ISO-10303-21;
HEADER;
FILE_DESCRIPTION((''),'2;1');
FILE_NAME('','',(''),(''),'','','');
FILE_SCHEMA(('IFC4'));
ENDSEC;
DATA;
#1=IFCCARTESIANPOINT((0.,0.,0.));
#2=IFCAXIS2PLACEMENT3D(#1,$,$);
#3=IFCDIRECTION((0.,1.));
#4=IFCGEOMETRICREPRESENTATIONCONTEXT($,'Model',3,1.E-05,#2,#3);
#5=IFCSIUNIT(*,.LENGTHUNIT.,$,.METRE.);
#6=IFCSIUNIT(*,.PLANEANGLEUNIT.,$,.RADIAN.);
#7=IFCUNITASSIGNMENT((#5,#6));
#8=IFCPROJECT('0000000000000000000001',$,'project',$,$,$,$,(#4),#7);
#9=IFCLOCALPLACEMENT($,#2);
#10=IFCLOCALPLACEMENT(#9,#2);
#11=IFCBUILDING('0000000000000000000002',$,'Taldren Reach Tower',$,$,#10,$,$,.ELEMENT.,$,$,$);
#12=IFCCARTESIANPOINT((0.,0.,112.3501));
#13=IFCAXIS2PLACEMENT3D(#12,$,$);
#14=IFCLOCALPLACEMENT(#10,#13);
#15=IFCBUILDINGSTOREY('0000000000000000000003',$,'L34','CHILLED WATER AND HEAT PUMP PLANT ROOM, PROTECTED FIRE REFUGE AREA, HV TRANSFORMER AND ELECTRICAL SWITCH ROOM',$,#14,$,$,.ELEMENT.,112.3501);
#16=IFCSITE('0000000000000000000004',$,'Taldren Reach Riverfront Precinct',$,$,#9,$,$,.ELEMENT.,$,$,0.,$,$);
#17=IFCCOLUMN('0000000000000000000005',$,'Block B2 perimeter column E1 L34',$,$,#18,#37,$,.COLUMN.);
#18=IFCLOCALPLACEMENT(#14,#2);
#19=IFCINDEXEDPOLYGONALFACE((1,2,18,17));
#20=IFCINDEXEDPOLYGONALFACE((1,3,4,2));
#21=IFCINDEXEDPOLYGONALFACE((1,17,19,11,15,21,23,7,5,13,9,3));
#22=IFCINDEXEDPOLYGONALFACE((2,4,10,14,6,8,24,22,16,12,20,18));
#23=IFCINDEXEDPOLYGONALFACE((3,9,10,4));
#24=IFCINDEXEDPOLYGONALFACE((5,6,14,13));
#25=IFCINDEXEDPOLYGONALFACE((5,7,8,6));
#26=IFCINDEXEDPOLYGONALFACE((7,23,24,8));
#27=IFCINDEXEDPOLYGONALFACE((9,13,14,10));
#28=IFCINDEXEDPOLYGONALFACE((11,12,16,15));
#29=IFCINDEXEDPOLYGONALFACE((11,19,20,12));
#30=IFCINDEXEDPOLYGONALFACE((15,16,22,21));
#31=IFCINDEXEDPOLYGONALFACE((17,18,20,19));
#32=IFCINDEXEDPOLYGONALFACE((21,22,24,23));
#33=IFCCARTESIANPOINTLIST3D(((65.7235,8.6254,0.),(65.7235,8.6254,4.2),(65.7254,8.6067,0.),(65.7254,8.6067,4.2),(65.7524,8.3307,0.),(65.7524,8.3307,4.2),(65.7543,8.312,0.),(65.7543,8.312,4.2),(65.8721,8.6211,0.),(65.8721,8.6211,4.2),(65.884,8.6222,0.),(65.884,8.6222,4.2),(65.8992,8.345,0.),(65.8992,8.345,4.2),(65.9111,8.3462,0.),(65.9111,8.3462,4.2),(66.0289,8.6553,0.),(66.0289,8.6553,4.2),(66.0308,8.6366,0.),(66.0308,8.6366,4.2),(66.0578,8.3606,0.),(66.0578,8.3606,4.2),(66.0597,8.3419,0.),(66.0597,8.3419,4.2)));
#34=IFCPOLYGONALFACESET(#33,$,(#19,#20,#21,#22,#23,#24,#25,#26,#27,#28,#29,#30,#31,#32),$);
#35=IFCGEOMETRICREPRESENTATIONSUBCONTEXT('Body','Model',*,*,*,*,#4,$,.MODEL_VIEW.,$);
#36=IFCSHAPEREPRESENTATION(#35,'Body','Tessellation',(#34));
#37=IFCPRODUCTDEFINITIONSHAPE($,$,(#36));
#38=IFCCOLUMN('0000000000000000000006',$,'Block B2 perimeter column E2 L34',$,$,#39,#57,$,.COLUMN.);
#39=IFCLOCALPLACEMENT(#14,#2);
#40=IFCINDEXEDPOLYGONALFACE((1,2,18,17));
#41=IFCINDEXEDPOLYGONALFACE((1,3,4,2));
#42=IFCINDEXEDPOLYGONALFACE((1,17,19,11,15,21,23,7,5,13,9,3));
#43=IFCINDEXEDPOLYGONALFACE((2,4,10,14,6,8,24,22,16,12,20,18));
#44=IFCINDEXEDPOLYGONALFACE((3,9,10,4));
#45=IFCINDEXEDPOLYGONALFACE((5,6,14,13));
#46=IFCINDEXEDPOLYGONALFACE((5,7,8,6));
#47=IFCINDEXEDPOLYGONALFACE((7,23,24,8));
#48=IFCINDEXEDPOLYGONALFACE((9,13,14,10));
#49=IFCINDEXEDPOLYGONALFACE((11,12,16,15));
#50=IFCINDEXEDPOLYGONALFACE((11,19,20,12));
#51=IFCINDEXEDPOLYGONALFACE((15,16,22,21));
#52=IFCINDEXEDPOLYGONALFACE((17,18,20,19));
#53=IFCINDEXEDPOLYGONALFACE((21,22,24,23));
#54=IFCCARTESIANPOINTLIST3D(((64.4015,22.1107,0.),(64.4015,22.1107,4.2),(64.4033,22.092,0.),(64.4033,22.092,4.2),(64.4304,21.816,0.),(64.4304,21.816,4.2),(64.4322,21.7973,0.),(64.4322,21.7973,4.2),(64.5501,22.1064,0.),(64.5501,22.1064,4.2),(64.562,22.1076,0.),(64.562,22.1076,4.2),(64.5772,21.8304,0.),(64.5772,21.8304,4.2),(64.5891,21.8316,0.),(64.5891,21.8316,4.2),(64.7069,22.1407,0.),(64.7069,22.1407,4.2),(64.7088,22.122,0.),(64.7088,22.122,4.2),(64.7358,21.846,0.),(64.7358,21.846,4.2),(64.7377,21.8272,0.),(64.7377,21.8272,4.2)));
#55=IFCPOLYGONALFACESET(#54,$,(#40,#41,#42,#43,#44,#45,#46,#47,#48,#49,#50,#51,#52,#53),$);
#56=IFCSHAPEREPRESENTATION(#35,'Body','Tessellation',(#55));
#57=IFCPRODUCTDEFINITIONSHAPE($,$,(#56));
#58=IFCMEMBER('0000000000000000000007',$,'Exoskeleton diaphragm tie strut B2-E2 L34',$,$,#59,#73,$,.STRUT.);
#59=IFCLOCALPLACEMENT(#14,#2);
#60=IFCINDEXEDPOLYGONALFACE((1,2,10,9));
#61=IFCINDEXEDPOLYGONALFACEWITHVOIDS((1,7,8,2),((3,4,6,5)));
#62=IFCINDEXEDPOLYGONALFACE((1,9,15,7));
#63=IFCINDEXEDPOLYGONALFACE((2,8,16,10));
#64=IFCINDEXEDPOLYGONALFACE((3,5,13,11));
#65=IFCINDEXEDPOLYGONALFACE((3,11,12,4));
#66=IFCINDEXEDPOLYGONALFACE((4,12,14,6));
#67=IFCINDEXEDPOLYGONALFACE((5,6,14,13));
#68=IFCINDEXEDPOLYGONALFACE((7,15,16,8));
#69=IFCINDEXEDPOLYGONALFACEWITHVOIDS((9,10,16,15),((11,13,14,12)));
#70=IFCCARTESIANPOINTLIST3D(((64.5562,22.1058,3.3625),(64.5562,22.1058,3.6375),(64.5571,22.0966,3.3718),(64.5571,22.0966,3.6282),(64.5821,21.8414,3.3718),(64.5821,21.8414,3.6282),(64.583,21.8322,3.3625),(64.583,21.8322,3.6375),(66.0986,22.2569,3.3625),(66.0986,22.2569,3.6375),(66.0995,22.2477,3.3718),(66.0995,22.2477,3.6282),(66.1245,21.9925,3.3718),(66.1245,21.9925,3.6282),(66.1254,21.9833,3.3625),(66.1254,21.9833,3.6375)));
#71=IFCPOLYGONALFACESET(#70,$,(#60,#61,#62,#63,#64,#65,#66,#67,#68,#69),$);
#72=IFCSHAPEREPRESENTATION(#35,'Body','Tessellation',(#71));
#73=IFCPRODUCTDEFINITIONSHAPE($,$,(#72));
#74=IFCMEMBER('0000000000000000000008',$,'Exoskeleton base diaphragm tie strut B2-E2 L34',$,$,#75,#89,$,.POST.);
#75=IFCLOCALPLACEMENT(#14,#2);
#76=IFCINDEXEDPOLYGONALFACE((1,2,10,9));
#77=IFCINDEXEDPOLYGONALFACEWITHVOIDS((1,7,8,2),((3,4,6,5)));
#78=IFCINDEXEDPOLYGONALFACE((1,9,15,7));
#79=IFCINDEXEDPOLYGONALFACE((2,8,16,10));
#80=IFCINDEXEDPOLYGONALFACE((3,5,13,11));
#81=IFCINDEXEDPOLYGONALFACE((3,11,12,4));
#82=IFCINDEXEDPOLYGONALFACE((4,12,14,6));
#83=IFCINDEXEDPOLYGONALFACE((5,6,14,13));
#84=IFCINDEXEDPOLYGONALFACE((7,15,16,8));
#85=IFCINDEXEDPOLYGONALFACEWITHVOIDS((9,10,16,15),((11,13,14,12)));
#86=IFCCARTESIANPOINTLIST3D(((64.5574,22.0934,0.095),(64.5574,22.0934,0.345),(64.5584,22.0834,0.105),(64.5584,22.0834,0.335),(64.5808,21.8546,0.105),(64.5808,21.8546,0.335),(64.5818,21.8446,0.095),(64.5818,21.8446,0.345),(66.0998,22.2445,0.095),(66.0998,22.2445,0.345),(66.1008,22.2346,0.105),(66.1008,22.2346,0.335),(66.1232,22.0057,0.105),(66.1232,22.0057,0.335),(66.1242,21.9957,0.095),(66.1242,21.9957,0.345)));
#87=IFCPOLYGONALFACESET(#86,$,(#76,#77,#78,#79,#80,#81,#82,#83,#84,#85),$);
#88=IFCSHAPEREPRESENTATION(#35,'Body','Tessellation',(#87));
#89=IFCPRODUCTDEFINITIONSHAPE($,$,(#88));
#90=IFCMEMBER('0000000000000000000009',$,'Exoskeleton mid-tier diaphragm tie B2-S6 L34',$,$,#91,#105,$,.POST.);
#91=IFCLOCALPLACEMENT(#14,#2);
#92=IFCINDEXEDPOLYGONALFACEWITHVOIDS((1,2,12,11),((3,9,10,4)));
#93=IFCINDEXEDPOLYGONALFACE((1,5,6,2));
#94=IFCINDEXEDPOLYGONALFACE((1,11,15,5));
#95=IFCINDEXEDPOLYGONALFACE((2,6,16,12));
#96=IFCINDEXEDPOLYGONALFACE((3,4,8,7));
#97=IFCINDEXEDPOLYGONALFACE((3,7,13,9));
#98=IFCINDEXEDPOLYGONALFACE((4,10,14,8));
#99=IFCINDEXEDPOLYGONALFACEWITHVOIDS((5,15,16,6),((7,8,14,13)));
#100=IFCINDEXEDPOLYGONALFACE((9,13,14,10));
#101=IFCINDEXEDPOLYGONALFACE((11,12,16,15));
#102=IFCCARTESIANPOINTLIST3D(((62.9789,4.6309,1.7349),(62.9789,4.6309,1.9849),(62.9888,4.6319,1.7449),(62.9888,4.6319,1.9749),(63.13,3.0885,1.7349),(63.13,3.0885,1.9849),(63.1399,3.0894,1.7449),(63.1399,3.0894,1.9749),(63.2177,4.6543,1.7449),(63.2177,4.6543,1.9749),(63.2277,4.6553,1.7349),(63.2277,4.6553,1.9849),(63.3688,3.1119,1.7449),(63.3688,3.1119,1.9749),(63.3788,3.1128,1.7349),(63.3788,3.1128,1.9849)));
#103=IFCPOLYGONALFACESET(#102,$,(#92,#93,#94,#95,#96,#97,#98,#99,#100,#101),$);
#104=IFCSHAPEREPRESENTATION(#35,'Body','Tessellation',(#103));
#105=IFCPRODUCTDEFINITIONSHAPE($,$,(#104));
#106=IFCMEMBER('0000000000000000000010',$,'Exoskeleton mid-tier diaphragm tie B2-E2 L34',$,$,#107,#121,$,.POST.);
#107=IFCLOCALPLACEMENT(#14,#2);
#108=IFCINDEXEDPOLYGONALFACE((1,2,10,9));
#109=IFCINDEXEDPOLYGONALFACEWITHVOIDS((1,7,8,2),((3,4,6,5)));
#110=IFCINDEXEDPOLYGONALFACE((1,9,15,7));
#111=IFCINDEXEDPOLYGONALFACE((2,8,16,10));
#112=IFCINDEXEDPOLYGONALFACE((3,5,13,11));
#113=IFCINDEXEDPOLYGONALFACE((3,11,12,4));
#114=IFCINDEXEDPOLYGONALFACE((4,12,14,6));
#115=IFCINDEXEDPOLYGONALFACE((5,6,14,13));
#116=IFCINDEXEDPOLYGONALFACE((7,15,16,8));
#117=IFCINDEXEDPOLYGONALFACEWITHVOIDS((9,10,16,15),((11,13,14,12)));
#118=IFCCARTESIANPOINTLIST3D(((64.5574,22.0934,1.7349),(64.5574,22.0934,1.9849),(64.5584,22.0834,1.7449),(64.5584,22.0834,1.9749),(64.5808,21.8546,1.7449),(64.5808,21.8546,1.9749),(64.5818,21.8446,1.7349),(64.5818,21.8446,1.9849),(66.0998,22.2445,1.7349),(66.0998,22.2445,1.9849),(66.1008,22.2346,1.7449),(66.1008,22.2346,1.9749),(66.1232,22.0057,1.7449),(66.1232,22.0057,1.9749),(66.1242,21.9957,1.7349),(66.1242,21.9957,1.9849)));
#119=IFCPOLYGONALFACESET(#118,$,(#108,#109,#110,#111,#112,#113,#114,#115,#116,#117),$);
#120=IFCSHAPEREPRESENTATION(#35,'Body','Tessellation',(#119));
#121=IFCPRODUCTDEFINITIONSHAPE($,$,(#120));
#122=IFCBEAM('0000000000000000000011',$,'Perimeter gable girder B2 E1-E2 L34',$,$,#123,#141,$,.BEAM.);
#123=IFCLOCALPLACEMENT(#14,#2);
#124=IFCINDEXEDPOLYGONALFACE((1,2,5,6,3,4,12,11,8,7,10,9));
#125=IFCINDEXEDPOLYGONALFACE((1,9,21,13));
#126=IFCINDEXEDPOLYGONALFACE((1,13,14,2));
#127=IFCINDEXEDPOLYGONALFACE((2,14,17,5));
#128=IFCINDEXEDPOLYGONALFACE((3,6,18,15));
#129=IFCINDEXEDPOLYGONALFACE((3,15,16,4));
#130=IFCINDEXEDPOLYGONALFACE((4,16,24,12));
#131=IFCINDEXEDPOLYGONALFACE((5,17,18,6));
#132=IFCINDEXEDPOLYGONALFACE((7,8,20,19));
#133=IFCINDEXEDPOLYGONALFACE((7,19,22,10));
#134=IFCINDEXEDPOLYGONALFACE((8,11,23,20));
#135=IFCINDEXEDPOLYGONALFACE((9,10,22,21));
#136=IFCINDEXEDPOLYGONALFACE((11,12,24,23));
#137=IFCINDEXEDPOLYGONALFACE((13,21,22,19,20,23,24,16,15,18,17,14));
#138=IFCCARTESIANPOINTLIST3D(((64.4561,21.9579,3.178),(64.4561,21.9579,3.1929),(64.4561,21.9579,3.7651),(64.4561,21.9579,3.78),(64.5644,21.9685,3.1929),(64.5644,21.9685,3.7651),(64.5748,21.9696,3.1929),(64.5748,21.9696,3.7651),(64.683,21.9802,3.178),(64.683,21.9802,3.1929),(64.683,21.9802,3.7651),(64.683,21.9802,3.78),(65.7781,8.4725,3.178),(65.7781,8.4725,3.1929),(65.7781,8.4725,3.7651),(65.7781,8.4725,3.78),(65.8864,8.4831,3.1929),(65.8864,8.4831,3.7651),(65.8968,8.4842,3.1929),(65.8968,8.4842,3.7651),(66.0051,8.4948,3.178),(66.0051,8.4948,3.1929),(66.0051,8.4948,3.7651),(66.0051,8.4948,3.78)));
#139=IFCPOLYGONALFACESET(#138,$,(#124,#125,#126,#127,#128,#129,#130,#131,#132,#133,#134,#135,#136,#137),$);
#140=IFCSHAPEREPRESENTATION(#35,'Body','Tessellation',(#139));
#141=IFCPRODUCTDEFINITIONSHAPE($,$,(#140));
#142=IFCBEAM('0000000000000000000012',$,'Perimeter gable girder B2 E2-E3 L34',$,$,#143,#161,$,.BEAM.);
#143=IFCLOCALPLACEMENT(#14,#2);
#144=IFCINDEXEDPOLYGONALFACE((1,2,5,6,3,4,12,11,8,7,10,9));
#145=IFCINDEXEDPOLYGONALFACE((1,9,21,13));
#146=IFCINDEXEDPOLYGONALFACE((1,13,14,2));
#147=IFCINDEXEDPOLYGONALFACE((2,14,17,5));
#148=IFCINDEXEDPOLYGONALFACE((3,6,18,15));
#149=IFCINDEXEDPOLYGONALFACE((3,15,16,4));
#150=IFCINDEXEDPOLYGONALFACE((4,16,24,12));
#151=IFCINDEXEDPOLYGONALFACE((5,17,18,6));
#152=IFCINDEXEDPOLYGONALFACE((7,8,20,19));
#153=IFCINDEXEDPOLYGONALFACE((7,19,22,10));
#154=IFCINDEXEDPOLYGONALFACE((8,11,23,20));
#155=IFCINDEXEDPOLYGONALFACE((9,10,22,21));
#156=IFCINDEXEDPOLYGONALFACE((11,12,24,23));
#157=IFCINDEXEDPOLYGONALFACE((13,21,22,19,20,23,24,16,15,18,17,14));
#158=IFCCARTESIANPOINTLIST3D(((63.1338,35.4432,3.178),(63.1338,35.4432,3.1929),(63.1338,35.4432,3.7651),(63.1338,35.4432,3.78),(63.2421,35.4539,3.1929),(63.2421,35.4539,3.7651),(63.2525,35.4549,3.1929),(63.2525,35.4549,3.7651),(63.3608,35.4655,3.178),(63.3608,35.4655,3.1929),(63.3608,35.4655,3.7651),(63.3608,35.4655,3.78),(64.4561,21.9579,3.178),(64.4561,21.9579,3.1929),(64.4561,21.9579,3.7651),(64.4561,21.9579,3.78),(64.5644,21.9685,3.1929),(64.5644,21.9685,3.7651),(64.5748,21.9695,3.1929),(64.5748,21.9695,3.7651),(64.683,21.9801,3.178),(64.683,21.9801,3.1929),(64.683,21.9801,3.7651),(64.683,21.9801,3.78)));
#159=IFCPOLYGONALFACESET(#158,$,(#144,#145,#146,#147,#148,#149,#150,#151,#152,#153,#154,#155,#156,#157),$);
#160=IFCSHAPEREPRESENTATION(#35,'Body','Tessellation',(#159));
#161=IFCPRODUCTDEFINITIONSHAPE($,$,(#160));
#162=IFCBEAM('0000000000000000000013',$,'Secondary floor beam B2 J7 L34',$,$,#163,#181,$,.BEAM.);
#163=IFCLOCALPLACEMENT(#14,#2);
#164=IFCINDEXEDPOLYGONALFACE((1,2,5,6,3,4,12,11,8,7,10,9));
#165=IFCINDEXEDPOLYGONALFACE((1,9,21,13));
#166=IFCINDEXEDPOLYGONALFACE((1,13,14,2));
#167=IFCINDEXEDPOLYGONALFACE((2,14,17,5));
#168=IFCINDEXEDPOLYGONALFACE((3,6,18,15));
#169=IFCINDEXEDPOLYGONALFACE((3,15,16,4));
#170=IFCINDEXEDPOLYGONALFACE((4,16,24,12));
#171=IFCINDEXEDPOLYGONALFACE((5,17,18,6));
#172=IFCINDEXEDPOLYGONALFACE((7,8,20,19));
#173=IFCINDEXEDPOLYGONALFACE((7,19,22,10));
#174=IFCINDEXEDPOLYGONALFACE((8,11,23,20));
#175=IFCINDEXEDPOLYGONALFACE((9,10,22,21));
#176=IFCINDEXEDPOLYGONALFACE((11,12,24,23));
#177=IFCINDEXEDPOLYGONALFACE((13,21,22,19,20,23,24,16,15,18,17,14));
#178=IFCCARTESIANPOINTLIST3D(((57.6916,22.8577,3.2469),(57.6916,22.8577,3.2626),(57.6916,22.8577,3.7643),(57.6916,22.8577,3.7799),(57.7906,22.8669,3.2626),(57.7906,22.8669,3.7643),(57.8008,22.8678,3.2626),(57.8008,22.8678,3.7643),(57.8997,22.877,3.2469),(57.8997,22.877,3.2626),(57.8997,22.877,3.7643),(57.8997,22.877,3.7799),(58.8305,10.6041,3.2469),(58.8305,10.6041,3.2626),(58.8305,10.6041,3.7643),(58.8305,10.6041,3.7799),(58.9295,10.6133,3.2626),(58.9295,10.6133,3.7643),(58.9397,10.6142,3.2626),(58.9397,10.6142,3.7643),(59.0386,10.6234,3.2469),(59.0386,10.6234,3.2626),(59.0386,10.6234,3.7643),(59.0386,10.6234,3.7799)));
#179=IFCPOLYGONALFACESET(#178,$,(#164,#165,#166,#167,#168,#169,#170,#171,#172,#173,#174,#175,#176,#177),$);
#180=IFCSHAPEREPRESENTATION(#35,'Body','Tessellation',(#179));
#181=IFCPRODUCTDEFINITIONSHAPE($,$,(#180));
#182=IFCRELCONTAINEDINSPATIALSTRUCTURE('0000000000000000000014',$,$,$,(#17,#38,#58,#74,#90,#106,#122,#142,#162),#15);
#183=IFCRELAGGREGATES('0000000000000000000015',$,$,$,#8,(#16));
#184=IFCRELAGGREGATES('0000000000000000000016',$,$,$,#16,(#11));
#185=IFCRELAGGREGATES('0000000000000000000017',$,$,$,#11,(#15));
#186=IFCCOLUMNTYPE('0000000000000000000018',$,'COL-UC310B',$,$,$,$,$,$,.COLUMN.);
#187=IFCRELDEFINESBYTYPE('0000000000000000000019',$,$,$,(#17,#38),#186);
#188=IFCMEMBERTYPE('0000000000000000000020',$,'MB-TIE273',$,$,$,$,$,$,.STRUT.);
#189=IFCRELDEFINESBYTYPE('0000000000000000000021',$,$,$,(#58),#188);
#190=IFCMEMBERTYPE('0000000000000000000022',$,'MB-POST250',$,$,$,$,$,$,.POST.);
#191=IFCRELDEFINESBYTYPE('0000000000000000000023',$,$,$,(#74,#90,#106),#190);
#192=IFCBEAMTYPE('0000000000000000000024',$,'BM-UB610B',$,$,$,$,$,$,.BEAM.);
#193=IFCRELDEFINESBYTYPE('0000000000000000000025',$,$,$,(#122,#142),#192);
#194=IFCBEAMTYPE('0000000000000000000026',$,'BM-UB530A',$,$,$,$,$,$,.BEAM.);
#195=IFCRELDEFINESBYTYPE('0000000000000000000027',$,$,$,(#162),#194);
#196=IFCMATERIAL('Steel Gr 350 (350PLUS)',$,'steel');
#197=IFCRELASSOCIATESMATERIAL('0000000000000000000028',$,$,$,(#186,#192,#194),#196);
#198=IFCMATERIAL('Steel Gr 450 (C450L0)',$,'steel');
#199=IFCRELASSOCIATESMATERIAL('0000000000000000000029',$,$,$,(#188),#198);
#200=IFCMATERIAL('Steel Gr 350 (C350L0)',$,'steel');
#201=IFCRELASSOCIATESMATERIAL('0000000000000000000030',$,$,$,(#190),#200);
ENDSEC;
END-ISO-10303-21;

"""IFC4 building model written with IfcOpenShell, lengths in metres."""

from ifc_helpers import new_model, si_unit, direction, frame, origin, origin_2d, place, context, subcontext, project, spatial, hollow_rectangle, i_section, extrude, source, transform, mapped, material, material_profile, profile_set, type_object, element, save


model = new_model("IFC4")

# Units and contexts
model_context = context("Model", 3, precision=1e-05, world=origin(), true_north=direction((0.0, 1.0)))
body_context = subcontext(model_context, "Body", "Model", "MODEL_VIEW")
ifc_project = project(units=[si_unit("LENGTHUNIT", "METRE"), si_unit("PLANEANGLEUNIT", "RADIAN")], contexts=[model_context])

# Site, building, storey
site_placement = place(None, origin())
site = spatial("IfcSite", under=ifc_project, at=site_placement, Name="Taldren Reach Riverfront Precinct", CompositionType="ELEMENT", RefElevation=0.0)
building_placement = place(site_placement, origin())
building = spatial("IfcBuilding", under=site, at=building_placement, Name="Taldren Reach Tower", CompositionType="ELEMENT")
storey_placement = place(building_placement, frame((0.0, 0.0, 112.3501)))
storey = spatial("IfcBuildingStorey", under=building, at=storey_placement, Name="L34", Description="CHILLED WATER AND HEAT PUMP PLANT ROOM, PROTECTED FIRE REFUGE AREA, HV TRANSFORMER AND ELECTRICAL SWITCH ROOM", CompositionType="ELEMENT", Elevation=112.3501)

# Columns
ifc_material_1 = material(Name="Steel Gr 350 (350PLUS)", Category="steel")
ifc_material_profile_1 = material_profile(ifc_material_1, i_section(OverallWidth=0.3069, OverallDepth=0.3149, WebThickness=0.012, FlangeThickness=0.0188, at=origin_2d()), Name="310UC118")
ifc_profile_set_1 = profile_set([ifc_material_profile_1], Name="Steel Gr 350 (350PLUS)")
column_type = type_object("IfcColumnType", Name="COL-UC310B", PredefinedType="COLUMN", material=ifc_profile_set_1)
shared_shape_1 = source(origin(), body_context, "Body", "SweptSolid", [
    extrude(i_section(OverallWidth=0.3069, OverallDepth=0.3149, WebThickness=0.012, FlangeThickness=0.0188, at=origin_2d()), origin(), (0.0, 0.0, 1.0), 4.2),
])
for number, where, z_axis, x_axis, name in (
    (1, (65.8916, 8.4836, 0.0), (0.0, 0.0, 1.0), (0.995227, 0.097583, 0.0), "Block B2 perimeter column E1 L34"),
    (2, (64.5696, 21.969, 0.0), (0.0, 0.0, 1.0), (0.995227, 0.097583, 0.0), "Block B2 perimeter column E2 L34"),
):
    element("IfcColumn", number, at=place(storey_placement, frame(where, z_axis=z_axis, x_axis=x_axis)), inside=storey, type_object=column_type, Name=name, PredefinedType="COLUMN", context=body_context, shape_type="MappedRepresentation", body=[
        mapped(shared_shape_1, transform((0.0, 0.0, 0.0), scale=1.0)),
    ])

# Members
ifc_material_2 = material(Name="Steel Gr 450 (C450L0)", Category="steel")
ifc_material_profile_2 = material_profile(ifc_material_2, hollow_rectangle(XDim=0.2749, YDim=0.2749, WallThickness=0.0093, at=origin_2d()), Name="275x275x9.3SHS")
ifc_profile_set_2 = profile_set([ifc_material_profile_2], Name="Steel Gr 450 (C450L0)")
member_type_1 = type_object("IfcMemberType", Name="MB-TIE273", PredefinedType="STRUT", material=ifc_profile_set_2)
shared_shape_2 = source(origin(), body_context, "Body", "SweptSolid", [
    extrude(hollow_rectangle(XDim=0.2749, YDim=0.2749, WallThickness=0.0093, at=origin_2d()), origin(), (0.0, 0.0, 1.0), 1.5498),
])
member_1_placement = place(storey_placement, frame((64.5696, 21.969, 3.5), z_axis=(0.995235, 0.097507, 0.0), x_axis=(-0.097507, 0.995235, 0.0)))
element("IfcMember", 3, at=member_1_placement, inside=storey, type_object=member_type_1, Name="Exoskeleton diaphragm tie strut B2-E2 L34", PredefinedType="STRUT", context=body_context, shape_type="MappedRepresentation", body=[
    mapped(shared_shape_2, transform((0.0, 0.0, 0.0), scale=1.0)),
])
ifc_material_3 = material(Name="Steel Gr 350 (C350L0)", Category="steel")
ifc_material_profile_3 = material_profile(ifc_material_3, hollow_rectangle(XDim=0.25, YDim=0.25, WallThickness=0.01, at=origin_2d()), Name="250x250x10.0SHS")
ifc_profile_set_3 = profile_set([ifc_material_profile_3], Name="Steel Gr 350 (C350L0)")
member_type_2 = type_object("IfcMemberType", Name="MB-POST250", PredefinedType="POST", material=ifc_profile_set_3)
shared_shape_3 = source(origin(), body_context, "Body", "SweptSolid", [
    extrude(hollow_rectangle(XDim=0.25, YDim=0.25, WallThickness=0.01, at=origin_2d()), origin(), (0.0, 0.0, 1.0), 1.5498),
])
for number, where, z_axis, x_axis, name in (
    (4, (64.5696, 21.969, 0.22), (0.995235, 0.097507, 0.0), (-0.097507, 0.995235, 0.0), "Exoskeleton base diaphragm tie strut B2-E2 L34"),
    (5, (63.1033, 4.6431, 1.8599), (0.097507, -0.995235, 0.0), (0.995235, 0.097507, 0.0), "Exoskeleton mid-tier diaphragm tie B2-S6 L34"),
    (6, (64.5696, 21.969, 1.8599), (0.995235, 0.097507, 0.0), (-0.097507, 0.995235, 0.0), "Exoskeleton mid-tier diaphragm tie B2-E2 L34"),
):
    element("IfcMember", number, at=place(storey_placement, frame(where, z_axis=z_axis, x_axis=x_axis)), inside=storey, type_object=member_type_2, Name=name, PredefinedType="POST", context=body_context, shape_type="MappedRepresentation", body=[
        mapped(shared_shape_3, transform((0.0, 0.0, 0.0), scale=1.0)),
    ])

# Beams
ifc_material_profile_4 = material_profile(ifc_material_1, i_section(OverallWidth=0.228, OverallDepth=0.6021, WebThickness=0.0105, FlangeThickness=0.0149, at=origin_2d()), Name="610UB101")
ifc_profile_set_4 = profile_set([ifc_material_profile_4], Name="Steel Gr 350 (350PLUS)")
beam_type_1 = type_object("IfcBeamType", Name="BM-UB610B", PredefinedType="BEAM", material=ifc_profile_set_4)
shared_shape_4 = source(origin(), body_context, "Body", "SweptSolid", [
    extrude(i_section(OverallWidth=0.228, OverallDepth=0.6021, WebThickness=0.0105, FlangeThickness=0.0149, at=origin_2d()), origin(), (0.0, 0.0, 1.0), 13.55),
])
for number, where, z_axis, x_axis, name in (
    (7, (65.8916, 8.4836, 3.479), (-0.097566, 0.995229, 0.0), (-0.995229, -0.097566, 0.0), "Perimeter gable girder B2 E1-E2 L34"),
    (8, (64.5696, 21.969, 3.479), (-0.097584, 0.995227, 0.0), (-0.995227, -0.097584, 0.0), "Perimeter gable girder B2 E2-E3 L34"),
):
    element("IfcBeam", number, at=place(storey_placement, frame(where, z_axis=z_axis, x_axis=x_axis)), inside=storey, type_object=beam_type_1, Name=name, PredefinedType="BEAM", context=body_context, shape_type="MappedRepresentation", body=[
        mapped(shared_shape_4, transform((0.0, 0.0, 0.0), scale=1.0)),
    ])
ifc_material_profile_5 = material_profile(ifc_material_1, i_section(OverallWidth=0.209, OverallDepth=0.533, WebThickness=0.0103, FlangeThickness=0.0156, at=origin_2d()), Name="530UB92.4")
ifc_profile_set_5 = profile_set([ifc_material_profile_5], Name="Steel Gr 350 (350PLUS)")
beam_type_2 = type_object("IfcBeamType", Name="BM-UB530A", PredefinedType="BEAM", material=ifc_profile_set_5)
shared_shape_5 = source(origin(), body_context, "Body", "SweptSolid", [
    extrude(i_section(OverallWidth=0.209, OverallDepth=0.533, WebThickness=0.0103, FlangeThickness=0.0156, at=origin_2d()), origin(), (0.0, 0.0, 1.0), 12.3064),
])
beam_1_placement = place(storey_placement, frame((58.9346, 10.6138, 3.5134), z_axis=(-0.092546, 0.995708, 0.0), x_axis=(-0.995708, -0.092546, 0.0)))
element("IfcBeam", 9, at=beam_1_placement, inside=storey, type_object=beam_type_2, Name="Secondary floor beam B2 J7 L34", PredefinedType="BEAM", context=body_context, shape_type="MappedRepresentation", body=[
    mapped(shared_shape_5, transform((0.0, 0.0, 0.0), scale=1.0)),
])

save(model, "model.ifc")
